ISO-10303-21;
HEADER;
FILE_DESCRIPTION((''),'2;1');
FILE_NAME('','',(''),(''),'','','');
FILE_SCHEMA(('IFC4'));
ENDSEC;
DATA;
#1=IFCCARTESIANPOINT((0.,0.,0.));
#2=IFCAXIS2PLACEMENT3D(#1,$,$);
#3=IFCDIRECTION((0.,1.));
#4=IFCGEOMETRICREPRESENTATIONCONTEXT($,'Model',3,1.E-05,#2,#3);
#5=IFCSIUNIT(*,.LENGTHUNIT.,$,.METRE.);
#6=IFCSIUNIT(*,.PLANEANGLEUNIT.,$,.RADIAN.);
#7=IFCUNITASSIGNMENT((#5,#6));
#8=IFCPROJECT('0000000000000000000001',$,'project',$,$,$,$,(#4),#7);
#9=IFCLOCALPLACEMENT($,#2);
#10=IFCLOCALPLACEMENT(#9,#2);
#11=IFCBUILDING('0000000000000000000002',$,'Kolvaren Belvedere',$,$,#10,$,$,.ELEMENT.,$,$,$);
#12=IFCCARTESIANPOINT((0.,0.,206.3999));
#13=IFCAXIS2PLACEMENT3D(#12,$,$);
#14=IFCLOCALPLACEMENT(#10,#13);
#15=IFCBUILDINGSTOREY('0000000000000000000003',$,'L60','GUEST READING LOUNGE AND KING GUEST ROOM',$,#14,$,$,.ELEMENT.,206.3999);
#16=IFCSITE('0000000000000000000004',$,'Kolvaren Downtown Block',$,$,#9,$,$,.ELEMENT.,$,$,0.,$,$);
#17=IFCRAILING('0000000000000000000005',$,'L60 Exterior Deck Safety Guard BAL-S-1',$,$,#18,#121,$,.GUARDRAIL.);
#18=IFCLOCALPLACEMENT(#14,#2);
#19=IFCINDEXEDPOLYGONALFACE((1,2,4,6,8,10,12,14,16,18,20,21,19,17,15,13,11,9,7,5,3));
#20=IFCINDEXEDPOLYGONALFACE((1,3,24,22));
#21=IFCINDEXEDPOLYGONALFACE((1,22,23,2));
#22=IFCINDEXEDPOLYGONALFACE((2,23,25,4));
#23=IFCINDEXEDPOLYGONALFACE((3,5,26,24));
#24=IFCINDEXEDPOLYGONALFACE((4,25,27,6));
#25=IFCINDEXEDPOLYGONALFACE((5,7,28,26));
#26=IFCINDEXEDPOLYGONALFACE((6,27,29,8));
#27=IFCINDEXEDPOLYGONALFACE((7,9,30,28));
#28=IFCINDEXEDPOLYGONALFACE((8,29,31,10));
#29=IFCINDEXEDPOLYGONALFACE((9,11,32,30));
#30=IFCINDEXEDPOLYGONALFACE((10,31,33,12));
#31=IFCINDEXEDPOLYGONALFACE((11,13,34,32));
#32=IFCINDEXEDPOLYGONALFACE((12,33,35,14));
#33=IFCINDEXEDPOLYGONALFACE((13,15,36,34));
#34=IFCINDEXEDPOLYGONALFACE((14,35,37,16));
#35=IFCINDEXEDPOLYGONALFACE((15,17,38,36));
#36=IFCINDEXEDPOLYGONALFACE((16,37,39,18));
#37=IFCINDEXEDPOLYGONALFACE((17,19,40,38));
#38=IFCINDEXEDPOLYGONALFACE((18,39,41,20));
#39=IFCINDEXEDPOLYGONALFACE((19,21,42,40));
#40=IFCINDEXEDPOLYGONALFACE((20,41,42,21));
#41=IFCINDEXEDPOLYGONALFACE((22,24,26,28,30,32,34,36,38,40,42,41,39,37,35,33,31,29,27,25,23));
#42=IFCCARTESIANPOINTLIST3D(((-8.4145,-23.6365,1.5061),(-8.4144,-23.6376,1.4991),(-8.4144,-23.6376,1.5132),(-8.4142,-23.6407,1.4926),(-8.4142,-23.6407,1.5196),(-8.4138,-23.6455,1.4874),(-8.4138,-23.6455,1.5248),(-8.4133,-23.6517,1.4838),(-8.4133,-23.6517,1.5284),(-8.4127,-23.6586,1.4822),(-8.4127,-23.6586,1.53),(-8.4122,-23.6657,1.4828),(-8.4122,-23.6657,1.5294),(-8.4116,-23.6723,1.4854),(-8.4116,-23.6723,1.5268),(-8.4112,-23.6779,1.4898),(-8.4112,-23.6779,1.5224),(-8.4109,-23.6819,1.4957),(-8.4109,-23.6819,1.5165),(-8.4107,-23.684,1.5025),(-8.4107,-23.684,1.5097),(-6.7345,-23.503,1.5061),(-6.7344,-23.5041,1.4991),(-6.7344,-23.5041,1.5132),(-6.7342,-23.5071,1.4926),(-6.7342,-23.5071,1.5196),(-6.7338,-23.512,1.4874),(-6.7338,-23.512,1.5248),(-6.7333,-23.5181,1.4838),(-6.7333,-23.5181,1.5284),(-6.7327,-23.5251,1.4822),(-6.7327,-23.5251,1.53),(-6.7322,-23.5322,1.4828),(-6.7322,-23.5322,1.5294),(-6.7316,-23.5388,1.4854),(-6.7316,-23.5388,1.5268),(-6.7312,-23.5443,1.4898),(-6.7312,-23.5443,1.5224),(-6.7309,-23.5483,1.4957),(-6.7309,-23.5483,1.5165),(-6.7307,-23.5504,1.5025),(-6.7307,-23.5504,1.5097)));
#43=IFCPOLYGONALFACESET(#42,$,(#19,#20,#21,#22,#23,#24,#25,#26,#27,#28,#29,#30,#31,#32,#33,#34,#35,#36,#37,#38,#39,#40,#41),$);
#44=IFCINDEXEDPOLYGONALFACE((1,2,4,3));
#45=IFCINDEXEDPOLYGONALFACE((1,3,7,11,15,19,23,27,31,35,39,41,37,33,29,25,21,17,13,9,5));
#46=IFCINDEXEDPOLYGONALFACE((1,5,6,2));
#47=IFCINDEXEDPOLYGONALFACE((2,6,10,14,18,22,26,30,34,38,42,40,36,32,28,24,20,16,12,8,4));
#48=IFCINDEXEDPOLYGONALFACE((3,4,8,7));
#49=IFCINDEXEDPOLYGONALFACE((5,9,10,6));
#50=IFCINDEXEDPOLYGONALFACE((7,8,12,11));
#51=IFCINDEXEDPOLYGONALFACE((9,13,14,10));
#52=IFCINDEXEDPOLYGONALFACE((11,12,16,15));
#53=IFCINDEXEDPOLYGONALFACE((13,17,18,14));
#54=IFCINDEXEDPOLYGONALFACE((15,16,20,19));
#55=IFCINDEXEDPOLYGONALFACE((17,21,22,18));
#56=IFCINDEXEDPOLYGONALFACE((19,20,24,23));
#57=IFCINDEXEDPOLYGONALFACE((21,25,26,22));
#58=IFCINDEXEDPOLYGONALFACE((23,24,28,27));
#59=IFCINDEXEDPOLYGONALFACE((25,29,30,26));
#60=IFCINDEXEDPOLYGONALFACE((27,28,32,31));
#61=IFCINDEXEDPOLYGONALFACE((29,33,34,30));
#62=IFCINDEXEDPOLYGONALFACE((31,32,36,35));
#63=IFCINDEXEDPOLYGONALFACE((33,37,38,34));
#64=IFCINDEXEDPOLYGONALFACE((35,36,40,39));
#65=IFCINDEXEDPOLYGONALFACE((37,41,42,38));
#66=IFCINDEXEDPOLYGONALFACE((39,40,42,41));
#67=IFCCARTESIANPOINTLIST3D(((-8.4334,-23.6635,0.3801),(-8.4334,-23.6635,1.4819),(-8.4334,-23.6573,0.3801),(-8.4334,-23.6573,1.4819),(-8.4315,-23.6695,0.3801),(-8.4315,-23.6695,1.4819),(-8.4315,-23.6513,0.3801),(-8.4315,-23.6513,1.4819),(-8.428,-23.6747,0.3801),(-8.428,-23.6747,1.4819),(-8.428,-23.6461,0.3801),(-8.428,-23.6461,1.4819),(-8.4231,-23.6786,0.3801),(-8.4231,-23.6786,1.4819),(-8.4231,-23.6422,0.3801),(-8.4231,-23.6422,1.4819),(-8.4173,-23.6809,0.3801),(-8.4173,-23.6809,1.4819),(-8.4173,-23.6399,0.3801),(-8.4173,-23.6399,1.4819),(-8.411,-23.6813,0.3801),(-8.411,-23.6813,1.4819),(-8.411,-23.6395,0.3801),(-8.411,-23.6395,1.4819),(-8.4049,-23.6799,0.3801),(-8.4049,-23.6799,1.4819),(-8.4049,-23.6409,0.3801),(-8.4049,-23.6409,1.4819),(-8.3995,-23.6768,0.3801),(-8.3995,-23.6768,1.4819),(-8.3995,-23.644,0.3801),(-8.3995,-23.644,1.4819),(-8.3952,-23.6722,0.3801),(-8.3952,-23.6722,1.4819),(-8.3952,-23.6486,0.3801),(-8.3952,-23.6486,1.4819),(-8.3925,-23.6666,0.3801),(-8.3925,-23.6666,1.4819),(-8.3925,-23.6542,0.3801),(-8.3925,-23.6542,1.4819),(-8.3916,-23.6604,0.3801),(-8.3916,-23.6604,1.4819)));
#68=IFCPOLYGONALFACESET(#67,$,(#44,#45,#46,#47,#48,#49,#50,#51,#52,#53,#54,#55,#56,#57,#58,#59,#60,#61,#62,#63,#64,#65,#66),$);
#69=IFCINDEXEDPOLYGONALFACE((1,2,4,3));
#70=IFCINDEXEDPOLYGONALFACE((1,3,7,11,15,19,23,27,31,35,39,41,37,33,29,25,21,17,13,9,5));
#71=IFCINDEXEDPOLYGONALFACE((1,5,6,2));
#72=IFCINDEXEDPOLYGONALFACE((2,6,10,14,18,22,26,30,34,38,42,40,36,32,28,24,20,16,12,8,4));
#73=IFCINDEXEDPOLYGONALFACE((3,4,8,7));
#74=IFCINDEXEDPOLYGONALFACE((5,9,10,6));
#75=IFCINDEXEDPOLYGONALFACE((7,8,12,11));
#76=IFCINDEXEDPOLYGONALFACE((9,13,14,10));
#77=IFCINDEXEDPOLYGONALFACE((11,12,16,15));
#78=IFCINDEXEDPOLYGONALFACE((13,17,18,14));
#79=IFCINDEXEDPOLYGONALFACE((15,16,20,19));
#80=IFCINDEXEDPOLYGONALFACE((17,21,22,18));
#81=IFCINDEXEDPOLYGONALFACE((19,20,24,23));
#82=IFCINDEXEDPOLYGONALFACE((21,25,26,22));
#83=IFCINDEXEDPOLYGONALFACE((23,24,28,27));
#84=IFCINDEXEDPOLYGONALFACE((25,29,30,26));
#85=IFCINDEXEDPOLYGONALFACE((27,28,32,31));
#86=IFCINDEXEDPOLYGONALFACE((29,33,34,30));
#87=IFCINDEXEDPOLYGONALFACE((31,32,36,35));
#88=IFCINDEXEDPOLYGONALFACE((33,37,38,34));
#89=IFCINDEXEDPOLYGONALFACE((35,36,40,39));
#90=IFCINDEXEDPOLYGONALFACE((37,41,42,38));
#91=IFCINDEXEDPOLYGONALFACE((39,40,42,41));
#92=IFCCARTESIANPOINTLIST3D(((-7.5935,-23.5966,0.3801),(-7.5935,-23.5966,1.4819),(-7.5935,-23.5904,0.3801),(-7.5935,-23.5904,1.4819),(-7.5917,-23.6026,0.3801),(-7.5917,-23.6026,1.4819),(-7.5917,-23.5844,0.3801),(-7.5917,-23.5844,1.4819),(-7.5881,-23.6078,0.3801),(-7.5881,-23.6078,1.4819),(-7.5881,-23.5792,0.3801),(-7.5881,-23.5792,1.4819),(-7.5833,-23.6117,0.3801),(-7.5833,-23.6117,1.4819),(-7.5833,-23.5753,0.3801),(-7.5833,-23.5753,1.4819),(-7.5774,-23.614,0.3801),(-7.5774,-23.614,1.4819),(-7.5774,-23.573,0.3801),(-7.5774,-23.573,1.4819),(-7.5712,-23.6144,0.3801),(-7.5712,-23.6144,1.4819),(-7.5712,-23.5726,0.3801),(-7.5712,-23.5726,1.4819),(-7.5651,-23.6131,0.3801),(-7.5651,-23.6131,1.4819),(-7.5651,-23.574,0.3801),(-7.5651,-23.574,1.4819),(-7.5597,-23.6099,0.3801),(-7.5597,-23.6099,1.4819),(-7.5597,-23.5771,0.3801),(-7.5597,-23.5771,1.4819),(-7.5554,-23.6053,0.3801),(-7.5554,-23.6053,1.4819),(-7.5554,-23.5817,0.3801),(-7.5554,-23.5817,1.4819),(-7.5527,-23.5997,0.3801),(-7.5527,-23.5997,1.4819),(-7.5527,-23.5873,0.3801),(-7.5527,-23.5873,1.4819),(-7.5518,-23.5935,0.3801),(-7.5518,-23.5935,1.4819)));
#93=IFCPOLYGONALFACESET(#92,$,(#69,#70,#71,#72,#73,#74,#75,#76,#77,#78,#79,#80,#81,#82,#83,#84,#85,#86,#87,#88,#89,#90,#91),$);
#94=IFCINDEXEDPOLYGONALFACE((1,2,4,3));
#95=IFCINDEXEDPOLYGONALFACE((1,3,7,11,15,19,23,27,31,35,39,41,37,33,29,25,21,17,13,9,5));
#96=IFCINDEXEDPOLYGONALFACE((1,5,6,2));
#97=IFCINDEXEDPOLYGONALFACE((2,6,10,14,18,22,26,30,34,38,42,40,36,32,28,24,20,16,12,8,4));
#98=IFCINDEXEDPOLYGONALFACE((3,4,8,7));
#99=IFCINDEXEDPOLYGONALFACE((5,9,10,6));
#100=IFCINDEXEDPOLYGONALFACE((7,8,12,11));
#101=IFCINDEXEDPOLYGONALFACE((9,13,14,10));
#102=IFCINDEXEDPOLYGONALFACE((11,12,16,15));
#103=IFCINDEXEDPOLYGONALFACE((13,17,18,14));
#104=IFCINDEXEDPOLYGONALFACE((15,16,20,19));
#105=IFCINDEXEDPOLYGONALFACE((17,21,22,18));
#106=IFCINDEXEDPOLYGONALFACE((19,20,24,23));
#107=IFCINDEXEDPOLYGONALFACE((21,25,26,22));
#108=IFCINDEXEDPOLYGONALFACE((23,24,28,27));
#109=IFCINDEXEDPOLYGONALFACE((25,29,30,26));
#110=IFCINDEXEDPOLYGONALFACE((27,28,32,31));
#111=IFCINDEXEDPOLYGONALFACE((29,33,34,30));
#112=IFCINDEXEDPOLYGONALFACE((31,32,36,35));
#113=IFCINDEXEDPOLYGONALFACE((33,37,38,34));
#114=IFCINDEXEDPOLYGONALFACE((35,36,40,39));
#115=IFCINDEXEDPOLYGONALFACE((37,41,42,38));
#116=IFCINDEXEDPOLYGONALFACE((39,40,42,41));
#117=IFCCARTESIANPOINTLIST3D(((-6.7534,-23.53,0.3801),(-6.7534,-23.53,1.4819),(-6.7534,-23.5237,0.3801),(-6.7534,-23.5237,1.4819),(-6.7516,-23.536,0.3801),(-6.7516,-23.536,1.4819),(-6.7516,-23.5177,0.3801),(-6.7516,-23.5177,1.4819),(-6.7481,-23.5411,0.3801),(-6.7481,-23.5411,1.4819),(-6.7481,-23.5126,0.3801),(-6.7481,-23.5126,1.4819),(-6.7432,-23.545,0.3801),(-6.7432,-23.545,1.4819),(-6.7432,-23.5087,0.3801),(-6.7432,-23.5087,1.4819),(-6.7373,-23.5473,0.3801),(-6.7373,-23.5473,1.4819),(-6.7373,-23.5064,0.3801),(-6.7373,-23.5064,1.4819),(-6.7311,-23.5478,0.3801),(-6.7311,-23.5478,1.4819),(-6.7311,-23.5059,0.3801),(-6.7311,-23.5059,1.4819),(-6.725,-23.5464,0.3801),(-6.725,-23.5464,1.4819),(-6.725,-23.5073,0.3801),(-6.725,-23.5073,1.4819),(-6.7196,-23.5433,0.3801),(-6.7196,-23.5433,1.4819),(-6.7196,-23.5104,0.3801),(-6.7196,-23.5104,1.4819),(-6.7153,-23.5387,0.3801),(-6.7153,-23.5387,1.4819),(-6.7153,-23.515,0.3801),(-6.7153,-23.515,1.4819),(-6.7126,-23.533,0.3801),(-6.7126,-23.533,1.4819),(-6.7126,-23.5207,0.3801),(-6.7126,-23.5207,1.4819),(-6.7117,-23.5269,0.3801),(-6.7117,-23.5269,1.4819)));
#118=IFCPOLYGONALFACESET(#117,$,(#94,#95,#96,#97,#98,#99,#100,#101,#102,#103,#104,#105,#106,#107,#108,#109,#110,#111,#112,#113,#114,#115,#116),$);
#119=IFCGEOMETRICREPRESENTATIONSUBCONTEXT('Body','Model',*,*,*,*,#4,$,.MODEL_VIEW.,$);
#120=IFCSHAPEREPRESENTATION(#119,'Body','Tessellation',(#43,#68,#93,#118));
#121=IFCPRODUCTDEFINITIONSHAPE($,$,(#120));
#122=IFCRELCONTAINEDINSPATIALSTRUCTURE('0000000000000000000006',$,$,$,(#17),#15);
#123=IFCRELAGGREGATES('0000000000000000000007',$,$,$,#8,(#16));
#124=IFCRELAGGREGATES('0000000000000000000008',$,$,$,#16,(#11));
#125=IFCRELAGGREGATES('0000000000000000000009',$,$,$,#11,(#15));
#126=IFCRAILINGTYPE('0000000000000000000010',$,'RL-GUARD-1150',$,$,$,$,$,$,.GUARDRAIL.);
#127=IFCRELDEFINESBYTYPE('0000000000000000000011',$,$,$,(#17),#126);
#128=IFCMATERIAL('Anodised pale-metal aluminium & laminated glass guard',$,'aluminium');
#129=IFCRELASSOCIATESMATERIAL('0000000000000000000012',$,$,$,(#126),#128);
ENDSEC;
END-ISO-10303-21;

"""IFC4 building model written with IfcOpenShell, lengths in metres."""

from ifc_helpers import new_model, si_unit, direction, frame, origin, origin_2d, place, context, subcontext, project, spatial, circle, extrude, material, type_object, element, save


model = new_model("IFC4")

# Units and contexts
model_context = context("Model", 3, precision=1e-05, world=origin(), true_north=direction((0.0, 1.0)))
body_context = subcontext(model_context, "Body", "Model", "MODEL_VIEW")
ifc_project = project(units=[si_unit("LENGTHUNIT", "METRE"), si_unit("PLANEANGLEUNIT", "RADIAN")], contexts=[model_context])

# Site, building, storey
site_placement = place(None, origin())
site = spatial("IfcSite", under=ifc_project, at=site_placement, Name="Kolvaren Downtown Block", CompositionType="ELEMENT", RefElevation=0.0)
building_placement = place(site_placement, origin())
building = spatial("IfcBuilding", under=site, at=building_placement, Name="Kolvaren Belvedere", CompositionType="ELEMENT")
storey_placement = place(building_placement, frame((0.0, 0.0, 206.3999)))
storey = spatial("IfcBuildingStorey", under=building, at=storey_placement, Name="L60", Description="GUEST READING LOUNGE AND KING GUEST ROOM", CompositionType="ELEMENT", Elevation=206.3999)

# Railing
ifc_material_1 = material(Name="Anodised pale-metal aluminium & laminated glass guard", Category="aluminium")
railing_type = type_object("IfcRailingType", Name="RL-GUARD-1150", PredefinedType="GUARDRAIL", material=ifc_material_1)
railing_1_placement = place(storey_placement, frame((-8.4126, -23.6604, 0.3801)))
element("IfcRailing", 1, at=railing_1_placement, inside=storey, type_object=railing_type, Name="L60 Exterior Deck Safety Guard BAL-S-1", PredefinedType="GUARDRAIL", context=body_context, shape_type="SweptSolid", body=[
    extrude(circle(Radius=0.0239, at=origin_2d()), frame((0.0, 0.0, 1.126), z_axis=(0.996855, 0.079244, 0.0), x_axis=(-0.079244, 0.996855, 0.0)), (0.0, 0.0, 1.0), 1.6853),
    extrude(circle(Radius=0.021, at=origin_2d()), origin(), (0.0, 0.0, 1.0), 1.1018),
    extrude(circle(Radius=0.021, at=origin_2d()), frame((0.8398, 0.0669, 0.0)), (0.0, 0.0, 1.0), 1.1018),
    extrude(circle(Radius=0.021, at=origin_2d()), frame((1.6799, 0.1335, 0.0)), (0.0, 0.0, 1.0), 1.1018),
])

save(model, "model.ifc")
